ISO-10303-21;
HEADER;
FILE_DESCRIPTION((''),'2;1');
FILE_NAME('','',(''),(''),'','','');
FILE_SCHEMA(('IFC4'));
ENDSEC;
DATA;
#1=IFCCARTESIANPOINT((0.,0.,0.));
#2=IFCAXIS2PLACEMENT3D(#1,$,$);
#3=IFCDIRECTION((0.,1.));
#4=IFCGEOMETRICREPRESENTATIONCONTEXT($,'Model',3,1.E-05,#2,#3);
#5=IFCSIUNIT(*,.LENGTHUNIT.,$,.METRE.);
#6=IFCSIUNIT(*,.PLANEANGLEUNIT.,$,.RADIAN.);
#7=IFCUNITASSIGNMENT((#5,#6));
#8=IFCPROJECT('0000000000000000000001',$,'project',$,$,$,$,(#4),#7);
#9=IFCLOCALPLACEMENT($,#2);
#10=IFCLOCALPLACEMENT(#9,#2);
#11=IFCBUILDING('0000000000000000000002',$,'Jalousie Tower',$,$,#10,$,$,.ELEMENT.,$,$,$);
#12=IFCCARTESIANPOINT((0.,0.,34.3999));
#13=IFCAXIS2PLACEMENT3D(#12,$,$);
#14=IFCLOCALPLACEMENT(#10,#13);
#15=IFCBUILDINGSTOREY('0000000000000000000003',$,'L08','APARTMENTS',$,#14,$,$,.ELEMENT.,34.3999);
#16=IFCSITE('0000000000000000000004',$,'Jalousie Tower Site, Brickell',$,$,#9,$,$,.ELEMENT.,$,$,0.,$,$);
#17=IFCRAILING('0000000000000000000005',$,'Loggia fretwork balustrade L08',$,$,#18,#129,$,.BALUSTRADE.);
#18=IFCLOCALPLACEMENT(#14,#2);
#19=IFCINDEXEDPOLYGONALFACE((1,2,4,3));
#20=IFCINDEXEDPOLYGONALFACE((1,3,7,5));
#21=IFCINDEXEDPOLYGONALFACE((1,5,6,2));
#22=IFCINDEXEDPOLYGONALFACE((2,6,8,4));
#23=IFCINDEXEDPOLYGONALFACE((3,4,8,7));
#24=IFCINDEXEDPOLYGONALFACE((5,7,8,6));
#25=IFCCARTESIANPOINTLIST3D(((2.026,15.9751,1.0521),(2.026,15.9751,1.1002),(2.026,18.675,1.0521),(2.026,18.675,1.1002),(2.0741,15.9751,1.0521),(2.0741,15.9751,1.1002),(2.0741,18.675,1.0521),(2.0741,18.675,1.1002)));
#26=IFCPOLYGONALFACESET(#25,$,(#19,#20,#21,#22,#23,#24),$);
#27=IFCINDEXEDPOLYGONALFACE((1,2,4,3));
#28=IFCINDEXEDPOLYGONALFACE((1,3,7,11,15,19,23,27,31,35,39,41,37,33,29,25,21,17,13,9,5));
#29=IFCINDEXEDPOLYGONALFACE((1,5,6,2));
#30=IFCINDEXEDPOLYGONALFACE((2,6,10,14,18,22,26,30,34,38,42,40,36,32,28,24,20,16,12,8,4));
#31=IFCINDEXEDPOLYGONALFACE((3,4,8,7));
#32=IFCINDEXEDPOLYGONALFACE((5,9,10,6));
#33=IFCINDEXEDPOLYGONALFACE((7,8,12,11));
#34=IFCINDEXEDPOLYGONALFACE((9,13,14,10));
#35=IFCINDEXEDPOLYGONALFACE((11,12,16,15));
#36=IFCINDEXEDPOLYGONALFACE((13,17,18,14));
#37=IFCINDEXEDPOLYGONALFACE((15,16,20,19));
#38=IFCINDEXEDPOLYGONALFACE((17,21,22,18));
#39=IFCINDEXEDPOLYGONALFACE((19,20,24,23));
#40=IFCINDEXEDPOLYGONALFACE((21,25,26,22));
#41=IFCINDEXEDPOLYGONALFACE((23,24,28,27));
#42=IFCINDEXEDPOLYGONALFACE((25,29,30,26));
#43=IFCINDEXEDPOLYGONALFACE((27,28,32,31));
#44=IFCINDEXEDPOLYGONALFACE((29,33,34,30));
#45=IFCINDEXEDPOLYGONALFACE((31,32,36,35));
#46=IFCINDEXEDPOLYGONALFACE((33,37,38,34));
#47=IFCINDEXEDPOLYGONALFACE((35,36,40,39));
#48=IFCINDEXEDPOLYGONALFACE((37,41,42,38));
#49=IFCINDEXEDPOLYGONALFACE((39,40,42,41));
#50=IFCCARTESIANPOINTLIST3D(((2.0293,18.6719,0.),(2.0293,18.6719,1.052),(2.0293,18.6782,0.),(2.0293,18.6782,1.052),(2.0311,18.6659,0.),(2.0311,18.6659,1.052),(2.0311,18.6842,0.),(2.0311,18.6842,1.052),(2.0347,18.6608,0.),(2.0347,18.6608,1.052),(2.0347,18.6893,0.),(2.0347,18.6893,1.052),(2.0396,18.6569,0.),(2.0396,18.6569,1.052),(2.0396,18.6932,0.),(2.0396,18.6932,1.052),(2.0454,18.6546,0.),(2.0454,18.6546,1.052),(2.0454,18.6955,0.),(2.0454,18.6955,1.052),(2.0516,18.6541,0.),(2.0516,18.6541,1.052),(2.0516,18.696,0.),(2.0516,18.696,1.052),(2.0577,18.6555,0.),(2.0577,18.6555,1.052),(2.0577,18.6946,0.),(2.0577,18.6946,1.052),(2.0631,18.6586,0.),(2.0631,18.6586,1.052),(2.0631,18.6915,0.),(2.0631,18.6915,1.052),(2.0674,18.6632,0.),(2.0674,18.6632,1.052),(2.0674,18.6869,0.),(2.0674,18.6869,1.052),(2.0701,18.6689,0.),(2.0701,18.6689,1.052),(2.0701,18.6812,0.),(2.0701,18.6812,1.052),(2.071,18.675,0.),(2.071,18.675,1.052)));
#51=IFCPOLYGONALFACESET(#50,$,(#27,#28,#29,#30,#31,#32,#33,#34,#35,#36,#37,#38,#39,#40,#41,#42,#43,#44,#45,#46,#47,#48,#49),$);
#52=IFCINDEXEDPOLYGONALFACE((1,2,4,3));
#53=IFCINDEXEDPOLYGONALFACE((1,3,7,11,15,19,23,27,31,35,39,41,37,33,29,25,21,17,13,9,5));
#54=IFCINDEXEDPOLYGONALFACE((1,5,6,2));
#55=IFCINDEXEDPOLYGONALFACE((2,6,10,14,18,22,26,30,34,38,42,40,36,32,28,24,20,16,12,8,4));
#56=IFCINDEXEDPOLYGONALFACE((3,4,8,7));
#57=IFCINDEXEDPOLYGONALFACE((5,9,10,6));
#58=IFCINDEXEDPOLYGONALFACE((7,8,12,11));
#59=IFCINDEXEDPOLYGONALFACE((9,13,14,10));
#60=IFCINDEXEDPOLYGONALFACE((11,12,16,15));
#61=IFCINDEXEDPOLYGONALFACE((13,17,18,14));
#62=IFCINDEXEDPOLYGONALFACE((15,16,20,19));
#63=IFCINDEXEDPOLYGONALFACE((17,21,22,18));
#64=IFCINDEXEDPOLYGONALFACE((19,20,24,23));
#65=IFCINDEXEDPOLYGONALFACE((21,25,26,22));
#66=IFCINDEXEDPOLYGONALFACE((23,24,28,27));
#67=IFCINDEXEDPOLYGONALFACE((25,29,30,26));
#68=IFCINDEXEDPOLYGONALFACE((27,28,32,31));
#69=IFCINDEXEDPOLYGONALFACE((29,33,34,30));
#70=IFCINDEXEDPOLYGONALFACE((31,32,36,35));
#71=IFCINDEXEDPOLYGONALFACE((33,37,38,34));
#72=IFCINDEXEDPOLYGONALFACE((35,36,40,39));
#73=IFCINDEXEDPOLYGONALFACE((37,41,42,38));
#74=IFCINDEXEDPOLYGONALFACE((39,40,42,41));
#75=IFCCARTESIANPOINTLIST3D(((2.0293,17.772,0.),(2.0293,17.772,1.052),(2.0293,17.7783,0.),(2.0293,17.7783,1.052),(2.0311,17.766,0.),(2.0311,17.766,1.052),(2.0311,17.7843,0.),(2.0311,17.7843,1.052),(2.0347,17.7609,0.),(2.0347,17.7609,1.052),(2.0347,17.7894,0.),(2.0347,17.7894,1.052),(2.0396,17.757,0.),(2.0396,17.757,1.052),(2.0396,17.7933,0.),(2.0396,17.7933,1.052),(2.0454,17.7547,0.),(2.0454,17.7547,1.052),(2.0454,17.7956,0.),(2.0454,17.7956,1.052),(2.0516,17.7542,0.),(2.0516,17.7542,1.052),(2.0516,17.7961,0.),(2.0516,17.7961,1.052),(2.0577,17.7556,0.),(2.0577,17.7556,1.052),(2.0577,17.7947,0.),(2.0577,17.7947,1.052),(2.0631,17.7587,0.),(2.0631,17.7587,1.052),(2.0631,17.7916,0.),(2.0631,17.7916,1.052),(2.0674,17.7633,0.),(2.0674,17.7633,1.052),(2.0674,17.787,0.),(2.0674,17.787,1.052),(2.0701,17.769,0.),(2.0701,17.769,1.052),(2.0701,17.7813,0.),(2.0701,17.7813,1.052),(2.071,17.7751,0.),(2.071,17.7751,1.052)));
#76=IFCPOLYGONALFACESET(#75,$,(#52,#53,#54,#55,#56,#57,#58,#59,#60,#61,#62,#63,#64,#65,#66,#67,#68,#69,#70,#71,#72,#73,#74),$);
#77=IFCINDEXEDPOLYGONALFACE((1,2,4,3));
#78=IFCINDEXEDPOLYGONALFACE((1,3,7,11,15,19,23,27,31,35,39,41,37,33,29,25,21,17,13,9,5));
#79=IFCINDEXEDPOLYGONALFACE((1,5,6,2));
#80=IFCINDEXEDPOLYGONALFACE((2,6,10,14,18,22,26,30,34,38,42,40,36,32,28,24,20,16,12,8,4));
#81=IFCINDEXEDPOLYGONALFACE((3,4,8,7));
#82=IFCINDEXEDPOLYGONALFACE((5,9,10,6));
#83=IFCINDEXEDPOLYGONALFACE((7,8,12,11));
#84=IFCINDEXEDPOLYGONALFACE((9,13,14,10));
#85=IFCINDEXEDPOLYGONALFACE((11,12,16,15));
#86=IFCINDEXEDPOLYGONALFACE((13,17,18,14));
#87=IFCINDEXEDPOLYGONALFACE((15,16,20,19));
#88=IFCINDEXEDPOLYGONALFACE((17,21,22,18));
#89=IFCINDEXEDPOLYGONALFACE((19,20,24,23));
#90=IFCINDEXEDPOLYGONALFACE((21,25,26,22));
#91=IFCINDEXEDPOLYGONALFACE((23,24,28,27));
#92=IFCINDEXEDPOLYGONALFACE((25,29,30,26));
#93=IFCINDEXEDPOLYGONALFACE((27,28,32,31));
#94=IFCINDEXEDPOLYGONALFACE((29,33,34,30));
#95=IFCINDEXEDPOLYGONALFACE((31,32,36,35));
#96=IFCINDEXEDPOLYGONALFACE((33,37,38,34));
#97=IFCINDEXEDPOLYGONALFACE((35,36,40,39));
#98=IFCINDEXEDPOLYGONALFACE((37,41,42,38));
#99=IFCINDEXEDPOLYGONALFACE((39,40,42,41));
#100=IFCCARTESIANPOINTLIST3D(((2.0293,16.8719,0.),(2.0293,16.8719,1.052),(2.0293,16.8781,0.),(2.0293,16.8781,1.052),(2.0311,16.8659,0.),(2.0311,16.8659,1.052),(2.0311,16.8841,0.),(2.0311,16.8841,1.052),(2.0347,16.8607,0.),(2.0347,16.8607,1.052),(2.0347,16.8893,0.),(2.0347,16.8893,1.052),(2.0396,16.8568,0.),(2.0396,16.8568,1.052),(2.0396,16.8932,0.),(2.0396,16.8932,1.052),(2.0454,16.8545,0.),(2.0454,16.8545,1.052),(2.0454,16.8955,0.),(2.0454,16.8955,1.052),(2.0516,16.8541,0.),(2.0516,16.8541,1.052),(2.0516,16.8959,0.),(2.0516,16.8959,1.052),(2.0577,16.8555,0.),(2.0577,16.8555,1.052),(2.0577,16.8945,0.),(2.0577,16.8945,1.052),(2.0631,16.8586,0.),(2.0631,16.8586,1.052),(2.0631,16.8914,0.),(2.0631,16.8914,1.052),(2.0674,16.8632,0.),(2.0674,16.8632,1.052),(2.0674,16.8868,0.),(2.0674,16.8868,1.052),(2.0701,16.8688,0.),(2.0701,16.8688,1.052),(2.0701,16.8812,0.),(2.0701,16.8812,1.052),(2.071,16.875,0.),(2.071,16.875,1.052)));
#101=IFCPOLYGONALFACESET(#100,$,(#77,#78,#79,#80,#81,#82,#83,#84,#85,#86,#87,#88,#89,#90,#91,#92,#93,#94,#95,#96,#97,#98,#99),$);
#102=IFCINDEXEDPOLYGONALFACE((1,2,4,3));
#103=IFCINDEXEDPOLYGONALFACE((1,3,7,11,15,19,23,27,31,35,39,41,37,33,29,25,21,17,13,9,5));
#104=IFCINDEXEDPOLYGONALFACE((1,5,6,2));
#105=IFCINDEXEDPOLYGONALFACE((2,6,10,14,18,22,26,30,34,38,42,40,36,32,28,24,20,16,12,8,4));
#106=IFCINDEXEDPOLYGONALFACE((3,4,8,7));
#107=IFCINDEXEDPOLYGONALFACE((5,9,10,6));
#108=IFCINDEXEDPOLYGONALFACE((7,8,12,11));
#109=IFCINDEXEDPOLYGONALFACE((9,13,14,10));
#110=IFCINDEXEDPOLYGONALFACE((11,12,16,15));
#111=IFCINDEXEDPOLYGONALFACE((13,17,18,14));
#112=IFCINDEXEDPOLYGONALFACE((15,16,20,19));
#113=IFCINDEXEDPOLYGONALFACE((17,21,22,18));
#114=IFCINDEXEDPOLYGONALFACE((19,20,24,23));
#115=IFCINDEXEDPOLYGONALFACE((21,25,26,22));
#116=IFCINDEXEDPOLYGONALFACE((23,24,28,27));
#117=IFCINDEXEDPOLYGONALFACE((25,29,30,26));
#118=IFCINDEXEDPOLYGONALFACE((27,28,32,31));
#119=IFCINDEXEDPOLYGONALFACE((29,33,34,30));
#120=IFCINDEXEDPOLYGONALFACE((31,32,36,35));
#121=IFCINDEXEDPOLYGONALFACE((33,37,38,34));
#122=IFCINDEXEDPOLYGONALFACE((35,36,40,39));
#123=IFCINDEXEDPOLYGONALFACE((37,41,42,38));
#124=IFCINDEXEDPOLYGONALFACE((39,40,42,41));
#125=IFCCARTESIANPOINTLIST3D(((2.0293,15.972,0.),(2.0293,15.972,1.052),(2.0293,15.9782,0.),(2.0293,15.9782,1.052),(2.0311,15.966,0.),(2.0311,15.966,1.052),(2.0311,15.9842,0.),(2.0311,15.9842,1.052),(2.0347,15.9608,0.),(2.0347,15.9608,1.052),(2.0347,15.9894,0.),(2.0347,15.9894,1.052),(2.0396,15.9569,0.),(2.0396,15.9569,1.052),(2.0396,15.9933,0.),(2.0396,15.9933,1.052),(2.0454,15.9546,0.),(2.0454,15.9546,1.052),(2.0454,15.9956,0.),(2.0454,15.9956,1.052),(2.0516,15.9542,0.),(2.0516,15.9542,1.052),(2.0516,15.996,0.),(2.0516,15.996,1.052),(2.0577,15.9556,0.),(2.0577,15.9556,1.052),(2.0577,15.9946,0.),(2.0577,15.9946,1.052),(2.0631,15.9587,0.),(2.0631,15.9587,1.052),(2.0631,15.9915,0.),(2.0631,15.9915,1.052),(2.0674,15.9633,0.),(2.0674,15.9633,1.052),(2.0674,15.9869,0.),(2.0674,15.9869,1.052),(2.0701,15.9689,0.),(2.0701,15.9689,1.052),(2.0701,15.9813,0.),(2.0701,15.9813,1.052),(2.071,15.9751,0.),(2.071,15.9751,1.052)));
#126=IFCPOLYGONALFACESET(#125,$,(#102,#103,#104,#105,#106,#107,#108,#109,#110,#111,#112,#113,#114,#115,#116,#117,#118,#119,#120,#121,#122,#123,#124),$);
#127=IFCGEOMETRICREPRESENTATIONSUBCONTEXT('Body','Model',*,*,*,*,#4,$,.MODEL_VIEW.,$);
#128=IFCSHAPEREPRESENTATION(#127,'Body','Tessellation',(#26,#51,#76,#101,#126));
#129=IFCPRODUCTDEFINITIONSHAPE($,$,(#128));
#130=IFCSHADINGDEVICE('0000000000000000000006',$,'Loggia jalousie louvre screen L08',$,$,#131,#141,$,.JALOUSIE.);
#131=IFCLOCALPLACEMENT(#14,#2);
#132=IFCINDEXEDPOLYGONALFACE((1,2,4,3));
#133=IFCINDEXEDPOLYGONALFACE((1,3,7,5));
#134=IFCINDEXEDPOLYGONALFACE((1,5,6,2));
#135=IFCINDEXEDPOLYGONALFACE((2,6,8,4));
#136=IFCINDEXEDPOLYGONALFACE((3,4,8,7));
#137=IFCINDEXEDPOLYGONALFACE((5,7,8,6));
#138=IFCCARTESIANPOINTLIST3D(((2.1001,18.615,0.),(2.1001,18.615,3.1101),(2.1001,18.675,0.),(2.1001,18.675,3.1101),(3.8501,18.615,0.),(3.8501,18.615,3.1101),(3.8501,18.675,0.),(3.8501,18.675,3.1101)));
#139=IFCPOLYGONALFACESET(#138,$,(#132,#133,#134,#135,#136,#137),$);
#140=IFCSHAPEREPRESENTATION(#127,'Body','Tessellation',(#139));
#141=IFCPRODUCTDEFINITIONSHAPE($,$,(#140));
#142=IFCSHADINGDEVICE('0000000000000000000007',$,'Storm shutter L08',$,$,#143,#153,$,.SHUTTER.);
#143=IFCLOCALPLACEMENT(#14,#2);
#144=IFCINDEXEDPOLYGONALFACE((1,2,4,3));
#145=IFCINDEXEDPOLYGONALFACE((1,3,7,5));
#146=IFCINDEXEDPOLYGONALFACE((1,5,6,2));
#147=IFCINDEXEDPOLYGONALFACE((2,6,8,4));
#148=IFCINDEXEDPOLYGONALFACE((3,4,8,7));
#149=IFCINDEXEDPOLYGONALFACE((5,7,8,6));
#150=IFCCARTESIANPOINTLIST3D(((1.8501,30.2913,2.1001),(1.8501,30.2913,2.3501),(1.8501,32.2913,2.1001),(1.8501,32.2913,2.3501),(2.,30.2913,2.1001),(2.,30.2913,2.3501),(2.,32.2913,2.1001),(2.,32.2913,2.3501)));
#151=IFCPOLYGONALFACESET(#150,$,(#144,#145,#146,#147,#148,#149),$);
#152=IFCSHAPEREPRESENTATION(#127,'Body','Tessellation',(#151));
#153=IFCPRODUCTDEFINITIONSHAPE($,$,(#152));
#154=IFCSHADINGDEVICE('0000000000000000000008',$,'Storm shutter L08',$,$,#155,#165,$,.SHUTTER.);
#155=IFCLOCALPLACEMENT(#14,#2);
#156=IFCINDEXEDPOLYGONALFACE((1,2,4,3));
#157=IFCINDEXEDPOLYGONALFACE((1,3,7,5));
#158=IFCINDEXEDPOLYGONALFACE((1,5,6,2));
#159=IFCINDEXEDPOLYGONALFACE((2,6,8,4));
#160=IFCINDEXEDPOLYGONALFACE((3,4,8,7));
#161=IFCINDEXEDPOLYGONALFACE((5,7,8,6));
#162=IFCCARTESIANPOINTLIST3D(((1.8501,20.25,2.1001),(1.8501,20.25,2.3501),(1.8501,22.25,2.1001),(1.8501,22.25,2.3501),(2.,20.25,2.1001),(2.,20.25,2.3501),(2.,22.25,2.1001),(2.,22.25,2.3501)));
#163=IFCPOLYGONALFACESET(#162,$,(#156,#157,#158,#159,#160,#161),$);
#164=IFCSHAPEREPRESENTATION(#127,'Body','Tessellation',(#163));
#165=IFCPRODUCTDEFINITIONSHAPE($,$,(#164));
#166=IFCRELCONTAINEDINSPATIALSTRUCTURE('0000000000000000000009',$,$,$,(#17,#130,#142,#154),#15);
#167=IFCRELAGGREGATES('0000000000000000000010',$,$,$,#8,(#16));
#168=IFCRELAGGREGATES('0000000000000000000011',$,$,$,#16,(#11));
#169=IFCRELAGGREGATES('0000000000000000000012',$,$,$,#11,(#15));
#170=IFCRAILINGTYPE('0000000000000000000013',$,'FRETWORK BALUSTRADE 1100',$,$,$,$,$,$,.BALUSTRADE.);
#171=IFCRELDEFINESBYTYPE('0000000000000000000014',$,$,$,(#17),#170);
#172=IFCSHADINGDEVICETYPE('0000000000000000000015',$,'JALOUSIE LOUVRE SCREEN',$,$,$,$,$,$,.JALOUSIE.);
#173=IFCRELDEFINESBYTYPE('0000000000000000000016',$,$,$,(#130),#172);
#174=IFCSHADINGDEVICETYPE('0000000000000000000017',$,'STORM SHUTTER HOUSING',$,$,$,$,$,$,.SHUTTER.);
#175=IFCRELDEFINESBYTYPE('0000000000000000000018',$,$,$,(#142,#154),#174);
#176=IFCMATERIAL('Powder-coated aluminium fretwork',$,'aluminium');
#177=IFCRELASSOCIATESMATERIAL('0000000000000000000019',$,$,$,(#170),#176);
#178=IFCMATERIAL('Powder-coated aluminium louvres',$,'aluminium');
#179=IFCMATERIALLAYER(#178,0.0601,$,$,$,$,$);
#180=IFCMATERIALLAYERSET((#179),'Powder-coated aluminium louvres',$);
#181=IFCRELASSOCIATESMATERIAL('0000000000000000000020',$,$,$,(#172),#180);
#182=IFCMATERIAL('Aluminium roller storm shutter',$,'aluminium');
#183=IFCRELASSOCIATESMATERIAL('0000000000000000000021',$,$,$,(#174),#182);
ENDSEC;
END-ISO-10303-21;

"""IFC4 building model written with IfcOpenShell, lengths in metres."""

from ifc_helpers import new_model, si_unit, direction, frame, origin, origin_2d, place, context, subcontext, project, spatial, rectangle, circle, extrude, material, layer, layer_set, type_object, element, save


model = new_model("IFC4")

# Units and contexts
model_context = context("Model", 3, precision=1e-05, world=origin(), true_north=direction((0.0, 1.0)))
body_context = subcontext(model_context, "Body", "Model", "MODEL_VIEW")
ifc_project = project(units=[si_unit("LENGTHUNIT", "METRE"), si_unit("PLANEANGLEUNIT", "RADIAN")], contexts=[model_context])

# Site, building, storey
site_placement = place(None, origin())
site = spatial("IfcSite", under=ifc_project, at=site_placement, Name="Jalousie Tower Site, Brickell", CompositionType="ELEMENT", RefElevation=0.0)
building_placement = place(site_placement, origin())
building = spatial("IfcBuilding", under=site, at=building_placement, Name="Jalousie Tower", CompositionType="ELEMENT")
storey_placement = place(building_placement, frame((0.0, 0.0, 34.3999)))
storey = spatial("IfcBuildingStorey", under=building, at=storey_placement, Name="L08", Description="APARTMENTS", CompositionType="ELEMENT", Elevation=34.3999)

# Railing
ifc_material_1 = material(Name="Powder-coated aluminium fretwork", Category="aluminium")
railing_type = type_object("IfcRailingType", Name="FRETWORK BALUSTRADE 1100", PredefinedType="BALUSTRADE", material=ifc_material_1)
railing_placement = place(storey_placement, frame((2.05, 18.675, 0.0)))
element("IfcRailing", 1, at=railing_placement, inside=storey, type_object=railing_type, Name="Loggia fretwork balustrade L08", PredefinedType="BALUSTRADE", context=body_context, shape_type="SweptSolid", body=[
    extrude(rectangle(XDim=0.0481, YDim=0.0481, at=origin_2d()), frame((0.0, 0.0, 1.0762), z_axis=(0.0, -1.0, 0.0), x_axis=(1.0, 0.0, 0.0)), (0.0, 0.0, 1.0), 2.7),
    extrude(circle(Radius=0.021, at=origin_2d()), origin(), (0.0, 0.0, 1.0), 1.052),
    extrude(circle(Radius=0.021, at=origin_2d()), frame((0.0, -0.8999, 0.0)), (0.0, 0.0, 1.0), 1.052),
    extrude(circle(Radius=0.021, at=origin_2d()), frame((0.0, -1.8, 0.0)), (0.0, 0.0, 1.0), 1.052),
    extrude(circle(Radius=0.021, at=origin_2d()), frame((0.0, -2.7, 0.0)), (0.0, 0.0, 1.0), 1.052),
])

# Shading devices
ifc_material_2 = material(Name="Powder-coated aluminium louvres", Category="aluminium")
ifc_layer_1 = layer(ifc_material_2, 0.0601)
ifc_layer_set_1 = layer_set([ifc_layer_1], Name="Powder-coated aluminium louvres")
shading_device_type_1 = type_object("IfcShadingDeviceType", Name="JALOUSIE LOUVRE SCREEN", PredefinedType="JALOUSIE", material=ifc_layer_set_1)
shading_device_1_placement = place(storey_placement, frame((2.9751, 18.645, 0.0), z_axis=(0.0, 0.0, 1.0), x_axis=(0.0, -1.0, 0.0)))
element("IfcShadingDevice", 2, at=shading_device_1_placement, inside=storey, type_object=shading_device_type_1, Name="Loggia jalousie louvre screen L08", PredefinedType="JALOUSIE", context=body_context, shape_type="SweptSolid", body=[
    extrude(rectangle(XDim=0.0601, YDim=1.75, at=origin_2d()), origin(), (0.0, 0.0, 1.0), 3.1101),
])
ifc_material_3 = material(Name="Aluminium roller storm shutter", Category="aluminium")
shading_device_type_2 = type_object("IfcShadingDeviceType", Name="STORM SHUTTER HOUSING", PredefinedType="SHUTTER", material=ifc_material_3)
for number, where, z_axis, x_axis, name in (
    (3, (1.925, 31.2913, 2.1001), (0.0, 0.0, 1.0), (0.0, -1.0, 0.0), "Storm shutter L08"),
    (4, (1.925, 21.25, 2.1001), (0.0, 0.0, 1.0), (0.0, -1.0, 0.0), "Storm shutter L08"),
):
    element("IfcShadingDevice", number, at=place(storey_placement, frame(where, z_axis=z_axis, x_axis=x_axis)), inside=storey, type_object=shading_device_type_2, Name=name, PredefinedType="SHUTTER", context=body_context, shape_type="SweptSolid", body=[
        extrude(rectangle(XDim=2.0, YDim=0.1499, at=origin_2d()), origin(), (0.0, 0.0, 1.0), 0.25),
    ])

save(model, "model.ifc")
